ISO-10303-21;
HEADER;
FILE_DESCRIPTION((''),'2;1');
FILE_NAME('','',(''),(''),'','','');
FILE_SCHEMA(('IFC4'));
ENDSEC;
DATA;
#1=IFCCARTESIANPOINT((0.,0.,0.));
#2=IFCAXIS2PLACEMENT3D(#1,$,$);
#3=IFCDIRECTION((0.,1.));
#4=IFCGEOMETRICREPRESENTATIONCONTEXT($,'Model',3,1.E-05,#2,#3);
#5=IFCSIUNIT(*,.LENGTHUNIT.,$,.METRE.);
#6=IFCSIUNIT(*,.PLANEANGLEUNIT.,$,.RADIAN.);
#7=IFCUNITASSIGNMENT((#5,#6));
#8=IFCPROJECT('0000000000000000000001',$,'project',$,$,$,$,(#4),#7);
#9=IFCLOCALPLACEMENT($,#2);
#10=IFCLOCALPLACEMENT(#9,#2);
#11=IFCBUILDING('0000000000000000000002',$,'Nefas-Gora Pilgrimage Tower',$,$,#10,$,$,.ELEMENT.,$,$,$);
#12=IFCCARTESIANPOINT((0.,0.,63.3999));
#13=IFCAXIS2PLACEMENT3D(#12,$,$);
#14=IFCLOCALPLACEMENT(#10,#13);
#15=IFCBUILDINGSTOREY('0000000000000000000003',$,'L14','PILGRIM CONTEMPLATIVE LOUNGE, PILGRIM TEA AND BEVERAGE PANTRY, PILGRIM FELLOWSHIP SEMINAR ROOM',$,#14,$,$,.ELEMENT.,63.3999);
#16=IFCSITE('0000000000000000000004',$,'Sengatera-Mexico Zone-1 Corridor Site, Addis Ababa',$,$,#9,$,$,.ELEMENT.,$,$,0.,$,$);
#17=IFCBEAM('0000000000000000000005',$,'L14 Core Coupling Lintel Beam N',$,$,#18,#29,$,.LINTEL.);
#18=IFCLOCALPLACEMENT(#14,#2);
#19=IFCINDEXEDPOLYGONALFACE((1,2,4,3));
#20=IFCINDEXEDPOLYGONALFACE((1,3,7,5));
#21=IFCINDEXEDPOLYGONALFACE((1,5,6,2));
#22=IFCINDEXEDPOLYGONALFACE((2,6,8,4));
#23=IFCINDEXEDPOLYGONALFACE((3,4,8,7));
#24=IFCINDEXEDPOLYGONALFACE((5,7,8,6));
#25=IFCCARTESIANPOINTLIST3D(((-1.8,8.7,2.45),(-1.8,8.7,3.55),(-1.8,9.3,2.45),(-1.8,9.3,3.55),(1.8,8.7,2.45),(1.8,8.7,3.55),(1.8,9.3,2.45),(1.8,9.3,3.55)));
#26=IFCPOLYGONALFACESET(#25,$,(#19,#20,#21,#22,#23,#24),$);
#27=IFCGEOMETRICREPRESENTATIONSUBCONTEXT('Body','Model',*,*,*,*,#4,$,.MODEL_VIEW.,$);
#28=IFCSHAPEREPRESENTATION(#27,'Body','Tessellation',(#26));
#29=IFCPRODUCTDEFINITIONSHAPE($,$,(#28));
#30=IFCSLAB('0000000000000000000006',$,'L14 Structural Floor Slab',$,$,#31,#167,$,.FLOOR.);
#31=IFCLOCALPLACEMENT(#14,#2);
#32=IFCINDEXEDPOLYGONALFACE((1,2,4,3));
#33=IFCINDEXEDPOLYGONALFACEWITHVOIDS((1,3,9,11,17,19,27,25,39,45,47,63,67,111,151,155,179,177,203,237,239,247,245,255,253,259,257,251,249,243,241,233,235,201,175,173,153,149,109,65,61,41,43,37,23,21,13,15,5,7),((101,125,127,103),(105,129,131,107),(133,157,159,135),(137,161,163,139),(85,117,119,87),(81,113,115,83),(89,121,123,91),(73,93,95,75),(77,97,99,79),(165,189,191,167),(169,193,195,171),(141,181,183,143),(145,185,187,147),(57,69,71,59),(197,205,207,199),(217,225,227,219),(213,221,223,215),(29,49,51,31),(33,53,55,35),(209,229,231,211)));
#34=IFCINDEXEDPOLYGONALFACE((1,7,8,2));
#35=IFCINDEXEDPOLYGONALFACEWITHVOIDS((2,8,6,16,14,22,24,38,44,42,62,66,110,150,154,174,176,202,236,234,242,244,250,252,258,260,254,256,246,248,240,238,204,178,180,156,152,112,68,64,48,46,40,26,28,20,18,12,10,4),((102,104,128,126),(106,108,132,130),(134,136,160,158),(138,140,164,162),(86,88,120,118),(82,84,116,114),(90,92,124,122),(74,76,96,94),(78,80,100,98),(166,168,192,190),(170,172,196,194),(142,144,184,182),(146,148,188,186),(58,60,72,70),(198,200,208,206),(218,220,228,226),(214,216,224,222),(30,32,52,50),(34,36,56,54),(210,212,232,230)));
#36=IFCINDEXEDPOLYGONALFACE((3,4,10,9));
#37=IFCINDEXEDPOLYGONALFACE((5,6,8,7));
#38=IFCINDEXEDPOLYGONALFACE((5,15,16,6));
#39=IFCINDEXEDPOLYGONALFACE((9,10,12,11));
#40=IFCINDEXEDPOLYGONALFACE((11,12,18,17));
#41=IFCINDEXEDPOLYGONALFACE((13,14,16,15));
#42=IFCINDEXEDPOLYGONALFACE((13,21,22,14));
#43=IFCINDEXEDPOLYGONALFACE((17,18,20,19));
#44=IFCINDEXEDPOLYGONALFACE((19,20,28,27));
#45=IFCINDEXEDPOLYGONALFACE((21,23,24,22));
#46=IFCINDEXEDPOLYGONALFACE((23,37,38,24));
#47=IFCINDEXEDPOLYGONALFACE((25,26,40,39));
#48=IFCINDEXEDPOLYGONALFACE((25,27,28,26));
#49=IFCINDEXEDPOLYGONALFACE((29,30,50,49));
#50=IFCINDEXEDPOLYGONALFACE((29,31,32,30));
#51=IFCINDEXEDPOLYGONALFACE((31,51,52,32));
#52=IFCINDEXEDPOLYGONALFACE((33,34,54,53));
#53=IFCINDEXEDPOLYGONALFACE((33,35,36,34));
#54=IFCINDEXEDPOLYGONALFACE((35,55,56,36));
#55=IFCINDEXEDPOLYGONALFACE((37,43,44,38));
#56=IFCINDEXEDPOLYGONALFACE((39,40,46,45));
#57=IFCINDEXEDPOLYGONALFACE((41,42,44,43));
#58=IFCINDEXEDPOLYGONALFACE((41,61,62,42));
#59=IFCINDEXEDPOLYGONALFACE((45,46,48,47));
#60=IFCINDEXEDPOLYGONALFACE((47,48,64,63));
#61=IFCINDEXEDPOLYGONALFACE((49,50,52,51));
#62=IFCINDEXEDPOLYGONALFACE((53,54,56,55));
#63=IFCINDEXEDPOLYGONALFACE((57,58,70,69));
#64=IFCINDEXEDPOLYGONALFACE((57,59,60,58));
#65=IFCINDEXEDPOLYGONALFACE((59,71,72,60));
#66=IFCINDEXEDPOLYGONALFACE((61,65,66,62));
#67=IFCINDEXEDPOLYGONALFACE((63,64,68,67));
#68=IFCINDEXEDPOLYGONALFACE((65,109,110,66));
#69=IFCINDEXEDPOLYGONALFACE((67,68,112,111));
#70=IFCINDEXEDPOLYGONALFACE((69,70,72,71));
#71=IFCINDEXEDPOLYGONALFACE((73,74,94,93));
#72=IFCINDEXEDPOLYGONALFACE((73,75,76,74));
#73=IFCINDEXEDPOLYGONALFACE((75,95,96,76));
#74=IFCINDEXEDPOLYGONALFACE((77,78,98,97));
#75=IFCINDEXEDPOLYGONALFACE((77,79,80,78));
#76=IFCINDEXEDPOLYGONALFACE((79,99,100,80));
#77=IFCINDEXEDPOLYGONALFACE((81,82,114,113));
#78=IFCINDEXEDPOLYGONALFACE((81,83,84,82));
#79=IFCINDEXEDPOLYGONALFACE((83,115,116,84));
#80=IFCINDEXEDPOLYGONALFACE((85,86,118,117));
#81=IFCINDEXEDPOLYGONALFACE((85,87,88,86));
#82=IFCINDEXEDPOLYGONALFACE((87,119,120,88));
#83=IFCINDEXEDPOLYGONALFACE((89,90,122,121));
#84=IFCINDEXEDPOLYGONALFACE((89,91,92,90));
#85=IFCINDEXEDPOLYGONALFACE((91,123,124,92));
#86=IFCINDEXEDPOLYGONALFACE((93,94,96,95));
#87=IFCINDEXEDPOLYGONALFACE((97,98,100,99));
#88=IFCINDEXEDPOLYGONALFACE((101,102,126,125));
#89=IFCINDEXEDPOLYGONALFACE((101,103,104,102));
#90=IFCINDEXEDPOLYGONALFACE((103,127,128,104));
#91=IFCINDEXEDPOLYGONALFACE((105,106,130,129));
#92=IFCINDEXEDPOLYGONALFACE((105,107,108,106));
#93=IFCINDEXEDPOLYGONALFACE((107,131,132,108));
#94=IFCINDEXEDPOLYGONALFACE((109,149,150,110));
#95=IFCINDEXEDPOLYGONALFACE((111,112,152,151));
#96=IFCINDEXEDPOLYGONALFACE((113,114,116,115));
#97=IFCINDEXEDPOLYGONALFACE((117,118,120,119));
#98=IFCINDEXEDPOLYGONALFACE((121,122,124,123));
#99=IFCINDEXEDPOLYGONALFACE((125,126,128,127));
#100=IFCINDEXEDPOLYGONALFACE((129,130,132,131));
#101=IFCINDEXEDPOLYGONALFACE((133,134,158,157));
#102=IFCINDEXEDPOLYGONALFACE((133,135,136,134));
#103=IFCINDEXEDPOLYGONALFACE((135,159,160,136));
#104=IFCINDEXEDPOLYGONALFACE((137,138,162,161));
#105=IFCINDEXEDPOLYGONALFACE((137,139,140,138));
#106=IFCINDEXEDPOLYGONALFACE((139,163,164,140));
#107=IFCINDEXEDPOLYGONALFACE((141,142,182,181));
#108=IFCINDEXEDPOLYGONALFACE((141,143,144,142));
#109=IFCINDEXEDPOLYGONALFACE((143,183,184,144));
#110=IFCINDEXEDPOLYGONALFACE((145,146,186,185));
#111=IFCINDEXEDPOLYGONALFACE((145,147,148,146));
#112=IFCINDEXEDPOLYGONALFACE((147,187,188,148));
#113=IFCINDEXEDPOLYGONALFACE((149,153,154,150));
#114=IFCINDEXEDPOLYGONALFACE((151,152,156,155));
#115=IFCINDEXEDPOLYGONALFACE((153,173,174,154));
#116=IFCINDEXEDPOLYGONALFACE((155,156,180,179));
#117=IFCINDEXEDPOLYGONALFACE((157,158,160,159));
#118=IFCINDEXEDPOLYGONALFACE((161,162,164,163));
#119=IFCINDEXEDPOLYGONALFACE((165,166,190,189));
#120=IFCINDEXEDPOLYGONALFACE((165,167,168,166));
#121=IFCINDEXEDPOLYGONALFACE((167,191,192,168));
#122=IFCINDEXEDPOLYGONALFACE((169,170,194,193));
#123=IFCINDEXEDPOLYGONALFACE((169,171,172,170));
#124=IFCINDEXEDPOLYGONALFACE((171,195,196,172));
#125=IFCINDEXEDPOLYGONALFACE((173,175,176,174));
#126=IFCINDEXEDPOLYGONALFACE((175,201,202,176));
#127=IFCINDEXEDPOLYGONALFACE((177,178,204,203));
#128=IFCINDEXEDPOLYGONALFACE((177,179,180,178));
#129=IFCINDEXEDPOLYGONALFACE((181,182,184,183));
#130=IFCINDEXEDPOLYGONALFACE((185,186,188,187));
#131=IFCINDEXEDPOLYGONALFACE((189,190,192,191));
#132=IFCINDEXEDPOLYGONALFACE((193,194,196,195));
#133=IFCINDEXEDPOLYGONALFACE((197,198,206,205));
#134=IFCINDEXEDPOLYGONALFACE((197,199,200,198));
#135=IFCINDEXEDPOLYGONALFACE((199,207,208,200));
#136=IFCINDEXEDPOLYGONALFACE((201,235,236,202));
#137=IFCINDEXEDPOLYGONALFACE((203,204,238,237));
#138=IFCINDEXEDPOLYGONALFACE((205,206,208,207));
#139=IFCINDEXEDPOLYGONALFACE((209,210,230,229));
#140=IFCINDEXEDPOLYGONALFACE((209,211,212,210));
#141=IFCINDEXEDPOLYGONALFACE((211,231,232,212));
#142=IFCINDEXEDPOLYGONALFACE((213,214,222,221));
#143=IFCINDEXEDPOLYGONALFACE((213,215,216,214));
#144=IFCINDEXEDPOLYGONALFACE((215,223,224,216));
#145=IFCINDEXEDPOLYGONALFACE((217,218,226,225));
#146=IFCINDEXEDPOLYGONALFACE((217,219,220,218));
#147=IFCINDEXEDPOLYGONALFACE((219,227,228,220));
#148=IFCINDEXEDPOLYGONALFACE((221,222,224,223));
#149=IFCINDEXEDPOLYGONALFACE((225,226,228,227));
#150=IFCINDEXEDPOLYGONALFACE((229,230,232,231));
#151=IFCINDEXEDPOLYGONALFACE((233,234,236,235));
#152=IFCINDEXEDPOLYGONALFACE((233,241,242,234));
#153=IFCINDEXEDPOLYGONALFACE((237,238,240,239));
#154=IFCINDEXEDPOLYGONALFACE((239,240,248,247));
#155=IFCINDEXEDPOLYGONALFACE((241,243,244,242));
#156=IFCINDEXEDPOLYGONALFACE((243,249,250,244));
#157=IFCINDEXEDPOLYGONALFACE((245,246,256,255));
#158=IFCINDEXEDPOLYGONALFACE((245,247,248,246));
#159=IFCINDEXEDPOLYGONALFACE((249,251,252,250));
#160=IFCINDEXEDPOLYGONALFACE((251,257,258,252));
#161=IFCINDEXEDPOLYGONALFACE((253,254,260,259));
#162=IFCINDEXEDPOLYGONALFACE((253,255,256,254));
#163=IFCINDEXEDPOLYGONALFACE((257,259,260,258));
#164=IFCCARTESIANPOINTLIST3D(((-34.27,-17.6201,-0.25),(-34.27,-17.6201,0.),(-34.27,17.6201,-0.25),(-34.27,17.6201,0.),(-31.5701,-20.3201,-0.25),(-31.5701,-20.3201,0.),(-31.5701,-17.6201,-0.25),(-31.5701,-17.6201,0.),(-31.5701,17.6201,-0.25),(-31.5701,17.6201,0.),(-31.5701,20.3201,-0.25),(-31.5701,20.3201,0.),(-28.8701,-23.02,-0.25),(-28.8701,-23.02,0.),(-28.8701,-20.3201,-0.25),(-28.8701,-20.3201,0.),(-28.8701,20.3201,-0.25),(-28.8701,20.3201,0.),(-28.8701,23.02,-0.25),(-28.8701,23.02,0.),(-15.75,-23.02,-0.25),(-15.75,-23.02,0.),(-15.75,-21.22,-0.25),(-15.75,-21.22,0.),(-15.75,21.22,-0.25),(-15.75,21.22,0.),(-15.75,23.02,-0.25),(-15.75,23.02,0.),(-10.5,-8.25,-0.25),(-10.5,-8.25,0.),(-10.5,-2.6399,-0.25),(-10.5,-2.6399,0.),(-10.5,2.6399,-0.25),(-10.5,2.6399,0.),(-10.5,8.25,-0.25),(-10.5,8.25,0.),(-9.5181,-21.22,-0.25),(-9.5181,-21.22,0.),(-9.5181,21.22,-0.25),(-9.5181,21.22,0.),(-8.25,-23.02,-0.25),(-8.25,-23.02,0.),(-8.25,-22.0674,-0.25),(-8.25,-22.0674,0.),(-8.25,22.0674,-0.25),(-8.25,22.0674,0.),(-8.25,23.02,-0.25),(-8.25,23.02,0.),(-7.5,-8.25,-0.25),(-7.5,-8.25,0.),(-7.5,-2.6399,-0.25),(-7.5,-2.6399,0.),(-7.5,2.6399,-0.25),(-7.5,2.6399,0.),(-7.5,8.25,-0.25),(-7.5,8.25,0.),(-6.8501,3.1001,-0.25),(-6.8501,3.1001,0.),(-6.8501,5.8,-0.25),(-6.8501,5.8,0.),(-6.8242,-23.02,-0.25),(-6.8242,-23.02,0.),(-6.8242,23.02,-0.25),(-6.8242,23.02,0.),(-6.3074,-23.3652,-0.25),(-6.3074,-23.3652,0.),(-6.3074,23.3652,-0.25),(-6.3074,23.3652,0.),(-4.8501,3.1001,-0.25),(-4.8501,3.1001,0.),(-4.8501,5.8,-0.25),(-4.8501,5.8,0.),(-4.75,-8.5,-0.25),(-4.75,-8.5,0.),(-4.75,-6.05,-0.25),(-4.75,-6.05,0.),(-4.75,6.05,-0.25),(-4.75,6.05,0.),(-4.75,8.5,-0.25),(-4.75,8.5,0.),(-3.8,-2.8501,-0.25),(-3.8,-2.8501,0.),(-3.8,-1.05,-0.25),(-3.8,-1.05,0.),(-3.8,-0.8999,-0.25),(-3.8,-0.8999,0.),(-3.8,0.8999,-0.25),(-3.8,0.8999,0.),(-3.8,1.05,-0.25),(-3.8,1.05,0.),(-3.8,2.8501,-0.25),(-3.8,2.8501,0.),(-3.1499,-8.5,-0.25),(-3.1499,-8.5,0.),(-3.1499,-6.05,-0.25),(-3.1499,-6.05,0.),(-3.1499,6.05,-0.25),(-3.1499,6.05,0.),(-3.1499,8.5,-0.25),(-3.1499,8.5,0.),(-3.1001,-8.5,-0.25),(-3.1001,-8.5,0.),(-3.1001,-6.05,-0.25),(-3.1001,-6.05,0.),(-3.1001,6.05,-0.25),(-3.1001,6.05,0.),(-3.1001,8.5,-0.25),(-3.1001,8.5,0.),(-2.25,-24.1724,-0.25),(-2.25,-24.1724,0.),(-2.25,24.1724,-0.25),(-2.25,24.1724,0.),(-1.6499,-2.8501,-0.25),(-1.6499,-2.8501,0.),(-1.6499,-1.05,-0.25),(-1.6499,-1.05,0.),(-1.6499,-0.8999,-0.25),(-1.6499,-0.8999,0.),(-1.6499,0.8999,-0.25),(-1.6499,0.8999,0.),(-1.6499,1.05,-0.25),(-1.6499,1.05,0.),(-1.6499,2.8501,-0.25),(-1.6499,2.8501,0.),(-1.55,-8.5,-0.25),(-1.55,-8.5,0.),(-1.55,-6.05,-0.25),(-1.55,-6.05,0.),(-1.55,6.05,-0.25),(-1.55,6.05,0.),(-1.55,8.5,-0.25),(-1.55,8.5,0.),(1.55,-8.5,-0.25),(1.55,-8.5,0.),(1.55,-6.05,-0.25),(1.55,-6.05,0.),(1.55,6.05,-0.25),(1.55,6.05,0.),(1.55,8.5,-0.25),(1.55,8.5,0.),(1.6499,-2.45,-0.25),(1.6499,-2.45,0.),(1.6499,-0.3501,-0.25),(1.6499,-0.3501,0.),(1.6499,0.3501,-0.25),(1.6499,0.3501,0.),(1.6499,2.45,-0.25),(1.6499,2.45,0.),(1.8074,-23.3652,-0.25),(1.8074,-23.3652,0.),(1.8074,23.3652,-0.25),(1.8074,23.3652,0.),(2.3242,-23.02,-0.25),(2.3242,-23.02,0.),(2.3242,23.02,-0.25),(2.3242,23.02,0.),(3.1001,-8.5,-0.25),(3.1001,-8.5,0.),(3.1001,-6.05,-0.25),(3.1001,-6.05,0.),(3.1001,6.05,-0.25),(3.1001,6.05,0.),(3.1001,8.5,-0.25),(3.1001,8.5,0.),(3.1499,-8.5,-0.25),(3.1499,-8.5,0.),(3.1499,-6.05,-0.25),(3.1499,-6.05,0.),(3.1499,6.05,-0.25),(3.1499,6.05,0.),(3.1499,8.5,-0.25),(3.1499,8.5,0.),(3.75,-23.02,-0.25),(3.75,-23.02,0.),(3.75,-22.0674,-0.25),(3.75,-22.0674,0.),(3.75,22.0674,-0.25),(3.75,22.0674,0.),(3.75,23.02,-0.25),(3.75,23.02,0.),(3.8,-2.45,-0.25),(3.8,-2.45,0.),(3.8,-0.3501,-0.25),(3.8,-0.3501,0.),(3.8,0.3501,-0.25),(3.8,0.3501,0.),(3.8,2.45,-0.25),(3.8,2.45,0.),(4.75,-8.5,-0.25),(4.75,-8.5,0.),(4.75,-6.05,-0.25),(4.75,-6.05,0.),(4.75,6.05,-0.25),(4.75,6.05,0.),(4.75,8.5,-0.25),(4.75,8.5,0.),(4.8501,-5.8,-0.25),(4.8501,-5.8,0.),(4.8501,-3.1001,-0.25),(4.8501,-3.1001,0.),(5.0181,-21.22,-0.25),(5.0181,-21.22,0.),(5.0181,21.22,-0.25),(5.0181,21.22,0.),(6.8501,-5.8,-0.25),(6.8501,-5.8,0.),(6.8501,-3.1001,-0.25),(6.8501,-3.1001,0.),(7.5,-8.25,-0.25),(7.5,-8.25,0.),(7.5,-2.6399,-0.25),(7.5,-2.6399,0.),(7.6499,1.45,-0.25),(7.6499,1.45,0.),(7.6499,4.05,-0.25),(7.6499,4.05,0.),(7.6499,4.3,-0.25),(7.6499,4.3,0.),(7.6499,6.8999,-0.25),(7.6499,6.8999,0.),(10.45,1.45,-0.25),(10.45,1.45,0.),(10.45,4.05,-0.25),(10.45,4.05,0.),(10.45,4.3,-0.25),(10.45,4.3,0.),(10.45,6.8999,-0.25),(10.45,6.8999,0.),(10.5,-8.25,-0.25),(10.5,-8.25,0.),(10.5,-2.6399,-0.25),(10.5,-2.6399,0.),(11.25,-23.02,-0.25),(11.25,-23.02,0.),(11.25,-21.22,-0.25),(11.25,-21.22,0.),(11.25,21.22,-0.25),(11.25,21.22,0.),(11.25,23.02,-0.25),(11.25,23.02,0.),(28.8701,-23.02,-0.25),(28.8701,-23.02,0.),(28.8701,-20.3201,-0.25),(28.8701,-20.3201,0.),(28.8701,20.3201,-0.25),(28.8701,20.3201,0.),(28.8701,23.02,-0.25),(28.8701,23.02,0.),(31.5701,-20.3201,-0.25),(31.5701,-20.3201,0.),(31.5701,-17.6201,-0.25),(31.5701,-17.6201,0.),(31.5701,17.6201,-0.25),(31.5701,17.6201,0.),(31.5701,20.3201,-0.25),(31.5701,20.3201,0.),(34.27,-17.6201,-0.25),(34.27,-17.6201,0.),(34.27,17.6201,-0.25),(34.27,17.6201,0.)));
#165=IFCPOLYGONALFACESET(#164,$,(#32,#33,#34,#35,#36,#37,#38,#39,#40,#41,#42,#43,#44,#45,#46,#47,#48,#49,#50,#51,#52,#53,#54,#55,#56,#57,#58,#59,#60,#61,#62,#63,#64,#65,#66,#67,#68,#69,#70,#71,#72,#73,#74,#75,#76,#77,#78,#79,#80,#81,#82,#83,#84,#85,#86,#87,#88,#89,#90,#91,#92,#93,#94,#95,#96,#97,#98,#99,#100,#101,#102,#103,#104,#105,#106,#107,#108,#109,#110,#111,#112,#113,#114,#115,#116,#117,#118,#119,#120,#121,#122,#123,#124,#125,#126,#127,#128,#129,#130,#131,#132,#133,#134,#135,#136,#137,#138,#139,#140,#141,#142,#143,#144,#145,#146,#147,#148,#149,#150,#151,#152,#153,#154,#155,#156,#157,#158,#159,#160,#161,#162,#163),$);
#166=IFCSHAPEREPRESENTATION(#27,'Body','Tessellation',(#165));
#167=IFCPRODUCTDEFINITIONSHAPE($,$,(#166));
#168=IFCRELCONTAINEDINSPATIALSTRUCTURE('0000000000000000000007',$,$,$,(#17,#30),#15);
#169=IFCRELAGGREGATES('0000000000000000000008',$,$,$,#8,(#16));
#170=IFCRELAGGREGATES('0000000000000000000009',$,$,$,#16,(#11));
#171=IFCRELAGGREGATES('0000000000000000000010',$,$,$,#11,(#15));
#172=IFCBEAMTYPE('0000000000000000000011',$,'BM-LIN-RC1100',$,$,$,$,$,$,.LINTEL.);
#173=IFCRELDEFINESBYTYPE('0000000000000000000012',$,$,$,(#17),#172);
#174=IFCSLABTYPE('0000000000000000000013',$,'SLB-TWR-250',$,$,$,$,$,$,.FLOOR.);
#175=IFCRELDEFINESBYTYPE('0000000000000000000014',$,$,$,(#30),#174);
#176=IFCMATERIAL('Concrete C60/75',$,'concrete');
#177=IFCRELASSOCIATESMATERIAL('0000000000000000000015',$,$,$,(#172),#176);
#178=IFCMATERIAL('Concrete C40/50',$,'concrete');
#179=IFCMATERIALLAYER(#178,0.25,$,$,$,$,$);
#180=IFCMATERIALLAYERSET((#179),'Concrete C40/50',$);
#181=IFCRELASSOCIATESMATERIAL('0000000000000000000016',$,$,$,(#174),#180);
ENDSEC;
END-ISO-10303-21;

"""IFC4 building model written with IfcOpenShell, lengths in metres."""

from ifc_helpers import new_model, si_unit, direction, frame, origin, origin_2d, place, context, subcontext, project, spatial, polyline, rectangle, outline, extrude, source, transform, mapped, material, layer, layer_set, material_profile, profile_set, type_object, element, save


model = new_model("IFC4")

# Units and contexts
model_context = context("Model", 3, precision=1e-05, world=origin(), true_north=direction((0.0, 1.0)))
body_context = subcontext(model_context, "Body", "Model", "MODEL_VIEW")
ifc_project = project(units=[si_unit("LENGTHUNIT", "METRE"), si_unit("PLANEANGLEUNIT", "RADIAN")], contexts=[model_context])

# Site, building, storey
site_placement = place(None, origin())
site = spatial("IfcSite", under=ifc_project, at=site_placement, Name="Sengatera-Mexico Zone-1 Corridor Site, Addis Ababa", CompositionType="ELEMENT", RefElevation=0.0)
building_placement = place(site_placement, origin())
building = spatial("IfcBuilding", under=site, at=building_placement, Name="Nefas-Gora Pilgrimage Tower", CompositionType="ELEMENT")
storey_placement = place(building_placement, frame((0.0, 0.0, 63.3999)))
storey = spatial("IfcBuildingStorey", under=building, at=storey_placement, Name="L14", Description="PILGRIM CONTEMPLATIVE LOUNGE, PILGRIM TEA AND BEVERAGE PANTRY, PILGRIM FELLOWSHIP SEMINAR ROOM", CompositionType="ELEMENT", Elevation=63.3999)

# Beam
ifc_material_1 = material(Name="Concrete C60/75", Category="concrete")
ifc_material_profile = material_profile(ifc_material_1, rectangle(XDim=0.6001, YDim=1.1001, at=origin_2d()), Name="RC 600x1100")
ifc_profile_set = profile_set([ifc_material_profile], Name="Concrete C60/75")
beam_type = type_object("IfcBeamType", Name="BM-LIN-RC1100", PredefinedType="LINTEL", material=ifc_profile_set)
shared_shape_1 = source(origin(), body_context, "Body", "SweptSolid", [
    extrude(rectangle(XDim=0.6001, YDim=1.1001, at=origin_2d()), origin(), (0.0, 0.0, 1.0), 3.6001),
])
beam_placement = place(storey_placement, frame((-1.8, 9.0, 3.0), z_axis=(1.0, 0.0, 0.0), x_axis=(0.0, 1.0, 0.0)))
element("IfcBeam", 1, at=beam_placement, inside=storey, type_object=beam_type, Name="L14 Core Coupling Lintel Beam N", PredefinedType="LINTEL", context=body_context, shape_type="MappedRepresentation", body=[
    mapped(shared_shape_1, transform((0.0, 0.0, 0.0), x_axis=(1.0, 0.0, 0.0), y_axis=(0.0, 1.0, 0.0), z_axis=(0.0, 0.0, 1.0), scale=1.0)),
])

# Slab
ifc_material_2 = material(Name="Concrete C40/50", Category="concrete")
ifc_layer_1 = layer(ifc_material_2, 0.25)
ifc_layer_set_1 = layer_set([ifc_layer_1], Name="Concrete C40/50")
slab_type_1 = type_object("IfcSlabType", Name="SLB-TWR-250", PredefinedType="FLOOR", material=ifc_layer_set_1)
slab_1_placement = place(storey_placement, frame((0.0, 0.0, -0.25)))
element("IfcSlab", 2, at=slab_1_placement, inside=storey, type_object=slab_type_1, Name="L14 Structural Floor Slab", PredefinedType="FLOOR", context=body_context, shape_type="SweptSolid", body=[
    extrude(outline(polyline([(5.0181, -21.22), (11.25, -21.22), (11.25, -23.02), (28.8701, -23.02), (28.8701, -20.3201), (31.5701, -20.3201), (31.5701, -17.6201), (34.27, -17.6201), (34.27, 17.6201), (31.5701, 17.6201), (31.5701, 20.3201), (28.8701, 20.3201), (28.8701, 23.02), (11.25, 23.02), (11.25, 21.22), (5.0181, 21.22), (3.75, 22.0674), (3.75, 23.02), (2.3242, 23.02), (1.8074, 23.3652), (-2.25, 24.1724), (-6.3074, 23.3652), (-6.8242, 23.02), (-8.25, 23.02), (-8.25, 22.0674), (-9.5181, 21.22), (-15.75, 21.22), (-15.75, 23.02), (-28.8701, 23.02), (-28.8701, 20.3201), (-31.5701, 20.3201), (-31.5701, 17.6201), (-34.27, 17.6201), (-34.27, -17.6201), (-31.5701, -17.6201), (-31.5701, -20.3201), (-28.8701, -20.3201), (-28.8701, -23.02), (-15.75, -23.02), (-15.75, -21.22), (-9.5181, -21.22), (-8.25, -22.0674), (-8.25, -23.02), (-6.8242, -23.02), (-6.3074, -23.3652), (-2.25, -24.1724), (1.8074, -23.3652), (2.3242, -23.02), (3.75, -23.02), (3.75, -22.0674), (5.0181, -21.22)]), holes=[polyline([(-10.5, 2.6399), (-10.5, 8.25), (-7.5, 8.25), (-7.5, 2.6399), (-10.5, 2.6399)]), polyline([(10.5, -2.6399), (10.5, -8.25), (7.5, -8.25), (7.5, -2.6399), (10.5, -2.6399)]), polyline([(-7.5, -2.6399), (-7.5, -8.25), (-10.5, -8.25), (-10.5, -2.6399), (-7.5, -2.6399)]), polyline([(-6.8501, 5.8), (-4.8501, 5.8), (-4.8501, 3.1001), (-6.8501, 3.1001), (-6.8501, 5.8)]), polyline([(4.8501, -3.1001), (6.8501, -3.1001), (6.8501, -5.8), (4.8501, -5.8), (4.8501, -3.1001)]), polyline([(7.6499, 4.05), (10.45, 4.05), (10.45, 1.45), (7.6499, 1.45), (7.6499, 4.05)]), polyline([(7.6499, 6.8999), (10.45, 6.8999), (10.45, 4.3), (7.6499, 4.3), (7.6499, 6.8999)]), polyline([(-4.75, 8.5), (-3.1499, 8.5), (-3.1499, 6.05), (-4.75, 6.05), (-4.75, 8.5)]), polyline([(-3.1001, 8.5), (-1.55, 8.5), (-1.55, 6.05), (-3.1001, 6.05), (-3.1001, 8.5)]), polyline([(1.55, 8.5), (3.1001, 8.5), (3.1001, 6.05), (1.55, 6.05), (1.55, 8.5)]), polyline([(3.1499, 8.5), (4.75, 8.5), (4.75, 6.05), (3.1499, 6.05), (3.1499, 8.5)]), polyline([(-4.75, -6.05), (-3.1499, -6.05), (-3.1499, -8.5), (-4.75, -8.5), (-4.75, -6.05)]), polyline([(-3.1001, -6.05), (-1.55, -6.05), (-1.55, -8.5), (-3.1001, -8.5), (-3.1001, -6.05)]), polyline([(1.55, -6.05), (3.1001, -6.05), (3.1001, -8.5), (1.55, -8.5), (1.55, -6.05)]), polyline([(3.1499, -6.05), (4.75, -6.05), (4.75, -8.5), (3.1499, -8.5), (3.1499, -6.05)]), polyline([(-3.8, -1.05), (-1.6499, -1.05), (-1.6499, -2.8501), (-3.8, -2.8501), (-3.8, -1.05)]), polyline([(-3.8, 0.8999), (-1.6499, 0.8999), (-1.6499, -0.8999), (-3.8, -0.8999), (-3.8, 0.8999)]), polyline([(-3.8, 2.8501), (-1.6499, 2.8501), (-1.6499, 1.05), (-3.8, 1.05), (-3.8, 2.8501)]), polyline([(1.6499, -0.3501), (3.8, -0.3501), (3.8, -2.45), (1.6499, -2.45), (1.6499, -0.3501)]), polyline([(1.6499, 2.45), (3.8, 2.45), (3.8, 0.3501), (1.6499, 0.3501), (1.6499, 2.45)])]), origin(), (0.0, 0.0, 1.0), 0.25),
])

save(model, "model.ifc")
